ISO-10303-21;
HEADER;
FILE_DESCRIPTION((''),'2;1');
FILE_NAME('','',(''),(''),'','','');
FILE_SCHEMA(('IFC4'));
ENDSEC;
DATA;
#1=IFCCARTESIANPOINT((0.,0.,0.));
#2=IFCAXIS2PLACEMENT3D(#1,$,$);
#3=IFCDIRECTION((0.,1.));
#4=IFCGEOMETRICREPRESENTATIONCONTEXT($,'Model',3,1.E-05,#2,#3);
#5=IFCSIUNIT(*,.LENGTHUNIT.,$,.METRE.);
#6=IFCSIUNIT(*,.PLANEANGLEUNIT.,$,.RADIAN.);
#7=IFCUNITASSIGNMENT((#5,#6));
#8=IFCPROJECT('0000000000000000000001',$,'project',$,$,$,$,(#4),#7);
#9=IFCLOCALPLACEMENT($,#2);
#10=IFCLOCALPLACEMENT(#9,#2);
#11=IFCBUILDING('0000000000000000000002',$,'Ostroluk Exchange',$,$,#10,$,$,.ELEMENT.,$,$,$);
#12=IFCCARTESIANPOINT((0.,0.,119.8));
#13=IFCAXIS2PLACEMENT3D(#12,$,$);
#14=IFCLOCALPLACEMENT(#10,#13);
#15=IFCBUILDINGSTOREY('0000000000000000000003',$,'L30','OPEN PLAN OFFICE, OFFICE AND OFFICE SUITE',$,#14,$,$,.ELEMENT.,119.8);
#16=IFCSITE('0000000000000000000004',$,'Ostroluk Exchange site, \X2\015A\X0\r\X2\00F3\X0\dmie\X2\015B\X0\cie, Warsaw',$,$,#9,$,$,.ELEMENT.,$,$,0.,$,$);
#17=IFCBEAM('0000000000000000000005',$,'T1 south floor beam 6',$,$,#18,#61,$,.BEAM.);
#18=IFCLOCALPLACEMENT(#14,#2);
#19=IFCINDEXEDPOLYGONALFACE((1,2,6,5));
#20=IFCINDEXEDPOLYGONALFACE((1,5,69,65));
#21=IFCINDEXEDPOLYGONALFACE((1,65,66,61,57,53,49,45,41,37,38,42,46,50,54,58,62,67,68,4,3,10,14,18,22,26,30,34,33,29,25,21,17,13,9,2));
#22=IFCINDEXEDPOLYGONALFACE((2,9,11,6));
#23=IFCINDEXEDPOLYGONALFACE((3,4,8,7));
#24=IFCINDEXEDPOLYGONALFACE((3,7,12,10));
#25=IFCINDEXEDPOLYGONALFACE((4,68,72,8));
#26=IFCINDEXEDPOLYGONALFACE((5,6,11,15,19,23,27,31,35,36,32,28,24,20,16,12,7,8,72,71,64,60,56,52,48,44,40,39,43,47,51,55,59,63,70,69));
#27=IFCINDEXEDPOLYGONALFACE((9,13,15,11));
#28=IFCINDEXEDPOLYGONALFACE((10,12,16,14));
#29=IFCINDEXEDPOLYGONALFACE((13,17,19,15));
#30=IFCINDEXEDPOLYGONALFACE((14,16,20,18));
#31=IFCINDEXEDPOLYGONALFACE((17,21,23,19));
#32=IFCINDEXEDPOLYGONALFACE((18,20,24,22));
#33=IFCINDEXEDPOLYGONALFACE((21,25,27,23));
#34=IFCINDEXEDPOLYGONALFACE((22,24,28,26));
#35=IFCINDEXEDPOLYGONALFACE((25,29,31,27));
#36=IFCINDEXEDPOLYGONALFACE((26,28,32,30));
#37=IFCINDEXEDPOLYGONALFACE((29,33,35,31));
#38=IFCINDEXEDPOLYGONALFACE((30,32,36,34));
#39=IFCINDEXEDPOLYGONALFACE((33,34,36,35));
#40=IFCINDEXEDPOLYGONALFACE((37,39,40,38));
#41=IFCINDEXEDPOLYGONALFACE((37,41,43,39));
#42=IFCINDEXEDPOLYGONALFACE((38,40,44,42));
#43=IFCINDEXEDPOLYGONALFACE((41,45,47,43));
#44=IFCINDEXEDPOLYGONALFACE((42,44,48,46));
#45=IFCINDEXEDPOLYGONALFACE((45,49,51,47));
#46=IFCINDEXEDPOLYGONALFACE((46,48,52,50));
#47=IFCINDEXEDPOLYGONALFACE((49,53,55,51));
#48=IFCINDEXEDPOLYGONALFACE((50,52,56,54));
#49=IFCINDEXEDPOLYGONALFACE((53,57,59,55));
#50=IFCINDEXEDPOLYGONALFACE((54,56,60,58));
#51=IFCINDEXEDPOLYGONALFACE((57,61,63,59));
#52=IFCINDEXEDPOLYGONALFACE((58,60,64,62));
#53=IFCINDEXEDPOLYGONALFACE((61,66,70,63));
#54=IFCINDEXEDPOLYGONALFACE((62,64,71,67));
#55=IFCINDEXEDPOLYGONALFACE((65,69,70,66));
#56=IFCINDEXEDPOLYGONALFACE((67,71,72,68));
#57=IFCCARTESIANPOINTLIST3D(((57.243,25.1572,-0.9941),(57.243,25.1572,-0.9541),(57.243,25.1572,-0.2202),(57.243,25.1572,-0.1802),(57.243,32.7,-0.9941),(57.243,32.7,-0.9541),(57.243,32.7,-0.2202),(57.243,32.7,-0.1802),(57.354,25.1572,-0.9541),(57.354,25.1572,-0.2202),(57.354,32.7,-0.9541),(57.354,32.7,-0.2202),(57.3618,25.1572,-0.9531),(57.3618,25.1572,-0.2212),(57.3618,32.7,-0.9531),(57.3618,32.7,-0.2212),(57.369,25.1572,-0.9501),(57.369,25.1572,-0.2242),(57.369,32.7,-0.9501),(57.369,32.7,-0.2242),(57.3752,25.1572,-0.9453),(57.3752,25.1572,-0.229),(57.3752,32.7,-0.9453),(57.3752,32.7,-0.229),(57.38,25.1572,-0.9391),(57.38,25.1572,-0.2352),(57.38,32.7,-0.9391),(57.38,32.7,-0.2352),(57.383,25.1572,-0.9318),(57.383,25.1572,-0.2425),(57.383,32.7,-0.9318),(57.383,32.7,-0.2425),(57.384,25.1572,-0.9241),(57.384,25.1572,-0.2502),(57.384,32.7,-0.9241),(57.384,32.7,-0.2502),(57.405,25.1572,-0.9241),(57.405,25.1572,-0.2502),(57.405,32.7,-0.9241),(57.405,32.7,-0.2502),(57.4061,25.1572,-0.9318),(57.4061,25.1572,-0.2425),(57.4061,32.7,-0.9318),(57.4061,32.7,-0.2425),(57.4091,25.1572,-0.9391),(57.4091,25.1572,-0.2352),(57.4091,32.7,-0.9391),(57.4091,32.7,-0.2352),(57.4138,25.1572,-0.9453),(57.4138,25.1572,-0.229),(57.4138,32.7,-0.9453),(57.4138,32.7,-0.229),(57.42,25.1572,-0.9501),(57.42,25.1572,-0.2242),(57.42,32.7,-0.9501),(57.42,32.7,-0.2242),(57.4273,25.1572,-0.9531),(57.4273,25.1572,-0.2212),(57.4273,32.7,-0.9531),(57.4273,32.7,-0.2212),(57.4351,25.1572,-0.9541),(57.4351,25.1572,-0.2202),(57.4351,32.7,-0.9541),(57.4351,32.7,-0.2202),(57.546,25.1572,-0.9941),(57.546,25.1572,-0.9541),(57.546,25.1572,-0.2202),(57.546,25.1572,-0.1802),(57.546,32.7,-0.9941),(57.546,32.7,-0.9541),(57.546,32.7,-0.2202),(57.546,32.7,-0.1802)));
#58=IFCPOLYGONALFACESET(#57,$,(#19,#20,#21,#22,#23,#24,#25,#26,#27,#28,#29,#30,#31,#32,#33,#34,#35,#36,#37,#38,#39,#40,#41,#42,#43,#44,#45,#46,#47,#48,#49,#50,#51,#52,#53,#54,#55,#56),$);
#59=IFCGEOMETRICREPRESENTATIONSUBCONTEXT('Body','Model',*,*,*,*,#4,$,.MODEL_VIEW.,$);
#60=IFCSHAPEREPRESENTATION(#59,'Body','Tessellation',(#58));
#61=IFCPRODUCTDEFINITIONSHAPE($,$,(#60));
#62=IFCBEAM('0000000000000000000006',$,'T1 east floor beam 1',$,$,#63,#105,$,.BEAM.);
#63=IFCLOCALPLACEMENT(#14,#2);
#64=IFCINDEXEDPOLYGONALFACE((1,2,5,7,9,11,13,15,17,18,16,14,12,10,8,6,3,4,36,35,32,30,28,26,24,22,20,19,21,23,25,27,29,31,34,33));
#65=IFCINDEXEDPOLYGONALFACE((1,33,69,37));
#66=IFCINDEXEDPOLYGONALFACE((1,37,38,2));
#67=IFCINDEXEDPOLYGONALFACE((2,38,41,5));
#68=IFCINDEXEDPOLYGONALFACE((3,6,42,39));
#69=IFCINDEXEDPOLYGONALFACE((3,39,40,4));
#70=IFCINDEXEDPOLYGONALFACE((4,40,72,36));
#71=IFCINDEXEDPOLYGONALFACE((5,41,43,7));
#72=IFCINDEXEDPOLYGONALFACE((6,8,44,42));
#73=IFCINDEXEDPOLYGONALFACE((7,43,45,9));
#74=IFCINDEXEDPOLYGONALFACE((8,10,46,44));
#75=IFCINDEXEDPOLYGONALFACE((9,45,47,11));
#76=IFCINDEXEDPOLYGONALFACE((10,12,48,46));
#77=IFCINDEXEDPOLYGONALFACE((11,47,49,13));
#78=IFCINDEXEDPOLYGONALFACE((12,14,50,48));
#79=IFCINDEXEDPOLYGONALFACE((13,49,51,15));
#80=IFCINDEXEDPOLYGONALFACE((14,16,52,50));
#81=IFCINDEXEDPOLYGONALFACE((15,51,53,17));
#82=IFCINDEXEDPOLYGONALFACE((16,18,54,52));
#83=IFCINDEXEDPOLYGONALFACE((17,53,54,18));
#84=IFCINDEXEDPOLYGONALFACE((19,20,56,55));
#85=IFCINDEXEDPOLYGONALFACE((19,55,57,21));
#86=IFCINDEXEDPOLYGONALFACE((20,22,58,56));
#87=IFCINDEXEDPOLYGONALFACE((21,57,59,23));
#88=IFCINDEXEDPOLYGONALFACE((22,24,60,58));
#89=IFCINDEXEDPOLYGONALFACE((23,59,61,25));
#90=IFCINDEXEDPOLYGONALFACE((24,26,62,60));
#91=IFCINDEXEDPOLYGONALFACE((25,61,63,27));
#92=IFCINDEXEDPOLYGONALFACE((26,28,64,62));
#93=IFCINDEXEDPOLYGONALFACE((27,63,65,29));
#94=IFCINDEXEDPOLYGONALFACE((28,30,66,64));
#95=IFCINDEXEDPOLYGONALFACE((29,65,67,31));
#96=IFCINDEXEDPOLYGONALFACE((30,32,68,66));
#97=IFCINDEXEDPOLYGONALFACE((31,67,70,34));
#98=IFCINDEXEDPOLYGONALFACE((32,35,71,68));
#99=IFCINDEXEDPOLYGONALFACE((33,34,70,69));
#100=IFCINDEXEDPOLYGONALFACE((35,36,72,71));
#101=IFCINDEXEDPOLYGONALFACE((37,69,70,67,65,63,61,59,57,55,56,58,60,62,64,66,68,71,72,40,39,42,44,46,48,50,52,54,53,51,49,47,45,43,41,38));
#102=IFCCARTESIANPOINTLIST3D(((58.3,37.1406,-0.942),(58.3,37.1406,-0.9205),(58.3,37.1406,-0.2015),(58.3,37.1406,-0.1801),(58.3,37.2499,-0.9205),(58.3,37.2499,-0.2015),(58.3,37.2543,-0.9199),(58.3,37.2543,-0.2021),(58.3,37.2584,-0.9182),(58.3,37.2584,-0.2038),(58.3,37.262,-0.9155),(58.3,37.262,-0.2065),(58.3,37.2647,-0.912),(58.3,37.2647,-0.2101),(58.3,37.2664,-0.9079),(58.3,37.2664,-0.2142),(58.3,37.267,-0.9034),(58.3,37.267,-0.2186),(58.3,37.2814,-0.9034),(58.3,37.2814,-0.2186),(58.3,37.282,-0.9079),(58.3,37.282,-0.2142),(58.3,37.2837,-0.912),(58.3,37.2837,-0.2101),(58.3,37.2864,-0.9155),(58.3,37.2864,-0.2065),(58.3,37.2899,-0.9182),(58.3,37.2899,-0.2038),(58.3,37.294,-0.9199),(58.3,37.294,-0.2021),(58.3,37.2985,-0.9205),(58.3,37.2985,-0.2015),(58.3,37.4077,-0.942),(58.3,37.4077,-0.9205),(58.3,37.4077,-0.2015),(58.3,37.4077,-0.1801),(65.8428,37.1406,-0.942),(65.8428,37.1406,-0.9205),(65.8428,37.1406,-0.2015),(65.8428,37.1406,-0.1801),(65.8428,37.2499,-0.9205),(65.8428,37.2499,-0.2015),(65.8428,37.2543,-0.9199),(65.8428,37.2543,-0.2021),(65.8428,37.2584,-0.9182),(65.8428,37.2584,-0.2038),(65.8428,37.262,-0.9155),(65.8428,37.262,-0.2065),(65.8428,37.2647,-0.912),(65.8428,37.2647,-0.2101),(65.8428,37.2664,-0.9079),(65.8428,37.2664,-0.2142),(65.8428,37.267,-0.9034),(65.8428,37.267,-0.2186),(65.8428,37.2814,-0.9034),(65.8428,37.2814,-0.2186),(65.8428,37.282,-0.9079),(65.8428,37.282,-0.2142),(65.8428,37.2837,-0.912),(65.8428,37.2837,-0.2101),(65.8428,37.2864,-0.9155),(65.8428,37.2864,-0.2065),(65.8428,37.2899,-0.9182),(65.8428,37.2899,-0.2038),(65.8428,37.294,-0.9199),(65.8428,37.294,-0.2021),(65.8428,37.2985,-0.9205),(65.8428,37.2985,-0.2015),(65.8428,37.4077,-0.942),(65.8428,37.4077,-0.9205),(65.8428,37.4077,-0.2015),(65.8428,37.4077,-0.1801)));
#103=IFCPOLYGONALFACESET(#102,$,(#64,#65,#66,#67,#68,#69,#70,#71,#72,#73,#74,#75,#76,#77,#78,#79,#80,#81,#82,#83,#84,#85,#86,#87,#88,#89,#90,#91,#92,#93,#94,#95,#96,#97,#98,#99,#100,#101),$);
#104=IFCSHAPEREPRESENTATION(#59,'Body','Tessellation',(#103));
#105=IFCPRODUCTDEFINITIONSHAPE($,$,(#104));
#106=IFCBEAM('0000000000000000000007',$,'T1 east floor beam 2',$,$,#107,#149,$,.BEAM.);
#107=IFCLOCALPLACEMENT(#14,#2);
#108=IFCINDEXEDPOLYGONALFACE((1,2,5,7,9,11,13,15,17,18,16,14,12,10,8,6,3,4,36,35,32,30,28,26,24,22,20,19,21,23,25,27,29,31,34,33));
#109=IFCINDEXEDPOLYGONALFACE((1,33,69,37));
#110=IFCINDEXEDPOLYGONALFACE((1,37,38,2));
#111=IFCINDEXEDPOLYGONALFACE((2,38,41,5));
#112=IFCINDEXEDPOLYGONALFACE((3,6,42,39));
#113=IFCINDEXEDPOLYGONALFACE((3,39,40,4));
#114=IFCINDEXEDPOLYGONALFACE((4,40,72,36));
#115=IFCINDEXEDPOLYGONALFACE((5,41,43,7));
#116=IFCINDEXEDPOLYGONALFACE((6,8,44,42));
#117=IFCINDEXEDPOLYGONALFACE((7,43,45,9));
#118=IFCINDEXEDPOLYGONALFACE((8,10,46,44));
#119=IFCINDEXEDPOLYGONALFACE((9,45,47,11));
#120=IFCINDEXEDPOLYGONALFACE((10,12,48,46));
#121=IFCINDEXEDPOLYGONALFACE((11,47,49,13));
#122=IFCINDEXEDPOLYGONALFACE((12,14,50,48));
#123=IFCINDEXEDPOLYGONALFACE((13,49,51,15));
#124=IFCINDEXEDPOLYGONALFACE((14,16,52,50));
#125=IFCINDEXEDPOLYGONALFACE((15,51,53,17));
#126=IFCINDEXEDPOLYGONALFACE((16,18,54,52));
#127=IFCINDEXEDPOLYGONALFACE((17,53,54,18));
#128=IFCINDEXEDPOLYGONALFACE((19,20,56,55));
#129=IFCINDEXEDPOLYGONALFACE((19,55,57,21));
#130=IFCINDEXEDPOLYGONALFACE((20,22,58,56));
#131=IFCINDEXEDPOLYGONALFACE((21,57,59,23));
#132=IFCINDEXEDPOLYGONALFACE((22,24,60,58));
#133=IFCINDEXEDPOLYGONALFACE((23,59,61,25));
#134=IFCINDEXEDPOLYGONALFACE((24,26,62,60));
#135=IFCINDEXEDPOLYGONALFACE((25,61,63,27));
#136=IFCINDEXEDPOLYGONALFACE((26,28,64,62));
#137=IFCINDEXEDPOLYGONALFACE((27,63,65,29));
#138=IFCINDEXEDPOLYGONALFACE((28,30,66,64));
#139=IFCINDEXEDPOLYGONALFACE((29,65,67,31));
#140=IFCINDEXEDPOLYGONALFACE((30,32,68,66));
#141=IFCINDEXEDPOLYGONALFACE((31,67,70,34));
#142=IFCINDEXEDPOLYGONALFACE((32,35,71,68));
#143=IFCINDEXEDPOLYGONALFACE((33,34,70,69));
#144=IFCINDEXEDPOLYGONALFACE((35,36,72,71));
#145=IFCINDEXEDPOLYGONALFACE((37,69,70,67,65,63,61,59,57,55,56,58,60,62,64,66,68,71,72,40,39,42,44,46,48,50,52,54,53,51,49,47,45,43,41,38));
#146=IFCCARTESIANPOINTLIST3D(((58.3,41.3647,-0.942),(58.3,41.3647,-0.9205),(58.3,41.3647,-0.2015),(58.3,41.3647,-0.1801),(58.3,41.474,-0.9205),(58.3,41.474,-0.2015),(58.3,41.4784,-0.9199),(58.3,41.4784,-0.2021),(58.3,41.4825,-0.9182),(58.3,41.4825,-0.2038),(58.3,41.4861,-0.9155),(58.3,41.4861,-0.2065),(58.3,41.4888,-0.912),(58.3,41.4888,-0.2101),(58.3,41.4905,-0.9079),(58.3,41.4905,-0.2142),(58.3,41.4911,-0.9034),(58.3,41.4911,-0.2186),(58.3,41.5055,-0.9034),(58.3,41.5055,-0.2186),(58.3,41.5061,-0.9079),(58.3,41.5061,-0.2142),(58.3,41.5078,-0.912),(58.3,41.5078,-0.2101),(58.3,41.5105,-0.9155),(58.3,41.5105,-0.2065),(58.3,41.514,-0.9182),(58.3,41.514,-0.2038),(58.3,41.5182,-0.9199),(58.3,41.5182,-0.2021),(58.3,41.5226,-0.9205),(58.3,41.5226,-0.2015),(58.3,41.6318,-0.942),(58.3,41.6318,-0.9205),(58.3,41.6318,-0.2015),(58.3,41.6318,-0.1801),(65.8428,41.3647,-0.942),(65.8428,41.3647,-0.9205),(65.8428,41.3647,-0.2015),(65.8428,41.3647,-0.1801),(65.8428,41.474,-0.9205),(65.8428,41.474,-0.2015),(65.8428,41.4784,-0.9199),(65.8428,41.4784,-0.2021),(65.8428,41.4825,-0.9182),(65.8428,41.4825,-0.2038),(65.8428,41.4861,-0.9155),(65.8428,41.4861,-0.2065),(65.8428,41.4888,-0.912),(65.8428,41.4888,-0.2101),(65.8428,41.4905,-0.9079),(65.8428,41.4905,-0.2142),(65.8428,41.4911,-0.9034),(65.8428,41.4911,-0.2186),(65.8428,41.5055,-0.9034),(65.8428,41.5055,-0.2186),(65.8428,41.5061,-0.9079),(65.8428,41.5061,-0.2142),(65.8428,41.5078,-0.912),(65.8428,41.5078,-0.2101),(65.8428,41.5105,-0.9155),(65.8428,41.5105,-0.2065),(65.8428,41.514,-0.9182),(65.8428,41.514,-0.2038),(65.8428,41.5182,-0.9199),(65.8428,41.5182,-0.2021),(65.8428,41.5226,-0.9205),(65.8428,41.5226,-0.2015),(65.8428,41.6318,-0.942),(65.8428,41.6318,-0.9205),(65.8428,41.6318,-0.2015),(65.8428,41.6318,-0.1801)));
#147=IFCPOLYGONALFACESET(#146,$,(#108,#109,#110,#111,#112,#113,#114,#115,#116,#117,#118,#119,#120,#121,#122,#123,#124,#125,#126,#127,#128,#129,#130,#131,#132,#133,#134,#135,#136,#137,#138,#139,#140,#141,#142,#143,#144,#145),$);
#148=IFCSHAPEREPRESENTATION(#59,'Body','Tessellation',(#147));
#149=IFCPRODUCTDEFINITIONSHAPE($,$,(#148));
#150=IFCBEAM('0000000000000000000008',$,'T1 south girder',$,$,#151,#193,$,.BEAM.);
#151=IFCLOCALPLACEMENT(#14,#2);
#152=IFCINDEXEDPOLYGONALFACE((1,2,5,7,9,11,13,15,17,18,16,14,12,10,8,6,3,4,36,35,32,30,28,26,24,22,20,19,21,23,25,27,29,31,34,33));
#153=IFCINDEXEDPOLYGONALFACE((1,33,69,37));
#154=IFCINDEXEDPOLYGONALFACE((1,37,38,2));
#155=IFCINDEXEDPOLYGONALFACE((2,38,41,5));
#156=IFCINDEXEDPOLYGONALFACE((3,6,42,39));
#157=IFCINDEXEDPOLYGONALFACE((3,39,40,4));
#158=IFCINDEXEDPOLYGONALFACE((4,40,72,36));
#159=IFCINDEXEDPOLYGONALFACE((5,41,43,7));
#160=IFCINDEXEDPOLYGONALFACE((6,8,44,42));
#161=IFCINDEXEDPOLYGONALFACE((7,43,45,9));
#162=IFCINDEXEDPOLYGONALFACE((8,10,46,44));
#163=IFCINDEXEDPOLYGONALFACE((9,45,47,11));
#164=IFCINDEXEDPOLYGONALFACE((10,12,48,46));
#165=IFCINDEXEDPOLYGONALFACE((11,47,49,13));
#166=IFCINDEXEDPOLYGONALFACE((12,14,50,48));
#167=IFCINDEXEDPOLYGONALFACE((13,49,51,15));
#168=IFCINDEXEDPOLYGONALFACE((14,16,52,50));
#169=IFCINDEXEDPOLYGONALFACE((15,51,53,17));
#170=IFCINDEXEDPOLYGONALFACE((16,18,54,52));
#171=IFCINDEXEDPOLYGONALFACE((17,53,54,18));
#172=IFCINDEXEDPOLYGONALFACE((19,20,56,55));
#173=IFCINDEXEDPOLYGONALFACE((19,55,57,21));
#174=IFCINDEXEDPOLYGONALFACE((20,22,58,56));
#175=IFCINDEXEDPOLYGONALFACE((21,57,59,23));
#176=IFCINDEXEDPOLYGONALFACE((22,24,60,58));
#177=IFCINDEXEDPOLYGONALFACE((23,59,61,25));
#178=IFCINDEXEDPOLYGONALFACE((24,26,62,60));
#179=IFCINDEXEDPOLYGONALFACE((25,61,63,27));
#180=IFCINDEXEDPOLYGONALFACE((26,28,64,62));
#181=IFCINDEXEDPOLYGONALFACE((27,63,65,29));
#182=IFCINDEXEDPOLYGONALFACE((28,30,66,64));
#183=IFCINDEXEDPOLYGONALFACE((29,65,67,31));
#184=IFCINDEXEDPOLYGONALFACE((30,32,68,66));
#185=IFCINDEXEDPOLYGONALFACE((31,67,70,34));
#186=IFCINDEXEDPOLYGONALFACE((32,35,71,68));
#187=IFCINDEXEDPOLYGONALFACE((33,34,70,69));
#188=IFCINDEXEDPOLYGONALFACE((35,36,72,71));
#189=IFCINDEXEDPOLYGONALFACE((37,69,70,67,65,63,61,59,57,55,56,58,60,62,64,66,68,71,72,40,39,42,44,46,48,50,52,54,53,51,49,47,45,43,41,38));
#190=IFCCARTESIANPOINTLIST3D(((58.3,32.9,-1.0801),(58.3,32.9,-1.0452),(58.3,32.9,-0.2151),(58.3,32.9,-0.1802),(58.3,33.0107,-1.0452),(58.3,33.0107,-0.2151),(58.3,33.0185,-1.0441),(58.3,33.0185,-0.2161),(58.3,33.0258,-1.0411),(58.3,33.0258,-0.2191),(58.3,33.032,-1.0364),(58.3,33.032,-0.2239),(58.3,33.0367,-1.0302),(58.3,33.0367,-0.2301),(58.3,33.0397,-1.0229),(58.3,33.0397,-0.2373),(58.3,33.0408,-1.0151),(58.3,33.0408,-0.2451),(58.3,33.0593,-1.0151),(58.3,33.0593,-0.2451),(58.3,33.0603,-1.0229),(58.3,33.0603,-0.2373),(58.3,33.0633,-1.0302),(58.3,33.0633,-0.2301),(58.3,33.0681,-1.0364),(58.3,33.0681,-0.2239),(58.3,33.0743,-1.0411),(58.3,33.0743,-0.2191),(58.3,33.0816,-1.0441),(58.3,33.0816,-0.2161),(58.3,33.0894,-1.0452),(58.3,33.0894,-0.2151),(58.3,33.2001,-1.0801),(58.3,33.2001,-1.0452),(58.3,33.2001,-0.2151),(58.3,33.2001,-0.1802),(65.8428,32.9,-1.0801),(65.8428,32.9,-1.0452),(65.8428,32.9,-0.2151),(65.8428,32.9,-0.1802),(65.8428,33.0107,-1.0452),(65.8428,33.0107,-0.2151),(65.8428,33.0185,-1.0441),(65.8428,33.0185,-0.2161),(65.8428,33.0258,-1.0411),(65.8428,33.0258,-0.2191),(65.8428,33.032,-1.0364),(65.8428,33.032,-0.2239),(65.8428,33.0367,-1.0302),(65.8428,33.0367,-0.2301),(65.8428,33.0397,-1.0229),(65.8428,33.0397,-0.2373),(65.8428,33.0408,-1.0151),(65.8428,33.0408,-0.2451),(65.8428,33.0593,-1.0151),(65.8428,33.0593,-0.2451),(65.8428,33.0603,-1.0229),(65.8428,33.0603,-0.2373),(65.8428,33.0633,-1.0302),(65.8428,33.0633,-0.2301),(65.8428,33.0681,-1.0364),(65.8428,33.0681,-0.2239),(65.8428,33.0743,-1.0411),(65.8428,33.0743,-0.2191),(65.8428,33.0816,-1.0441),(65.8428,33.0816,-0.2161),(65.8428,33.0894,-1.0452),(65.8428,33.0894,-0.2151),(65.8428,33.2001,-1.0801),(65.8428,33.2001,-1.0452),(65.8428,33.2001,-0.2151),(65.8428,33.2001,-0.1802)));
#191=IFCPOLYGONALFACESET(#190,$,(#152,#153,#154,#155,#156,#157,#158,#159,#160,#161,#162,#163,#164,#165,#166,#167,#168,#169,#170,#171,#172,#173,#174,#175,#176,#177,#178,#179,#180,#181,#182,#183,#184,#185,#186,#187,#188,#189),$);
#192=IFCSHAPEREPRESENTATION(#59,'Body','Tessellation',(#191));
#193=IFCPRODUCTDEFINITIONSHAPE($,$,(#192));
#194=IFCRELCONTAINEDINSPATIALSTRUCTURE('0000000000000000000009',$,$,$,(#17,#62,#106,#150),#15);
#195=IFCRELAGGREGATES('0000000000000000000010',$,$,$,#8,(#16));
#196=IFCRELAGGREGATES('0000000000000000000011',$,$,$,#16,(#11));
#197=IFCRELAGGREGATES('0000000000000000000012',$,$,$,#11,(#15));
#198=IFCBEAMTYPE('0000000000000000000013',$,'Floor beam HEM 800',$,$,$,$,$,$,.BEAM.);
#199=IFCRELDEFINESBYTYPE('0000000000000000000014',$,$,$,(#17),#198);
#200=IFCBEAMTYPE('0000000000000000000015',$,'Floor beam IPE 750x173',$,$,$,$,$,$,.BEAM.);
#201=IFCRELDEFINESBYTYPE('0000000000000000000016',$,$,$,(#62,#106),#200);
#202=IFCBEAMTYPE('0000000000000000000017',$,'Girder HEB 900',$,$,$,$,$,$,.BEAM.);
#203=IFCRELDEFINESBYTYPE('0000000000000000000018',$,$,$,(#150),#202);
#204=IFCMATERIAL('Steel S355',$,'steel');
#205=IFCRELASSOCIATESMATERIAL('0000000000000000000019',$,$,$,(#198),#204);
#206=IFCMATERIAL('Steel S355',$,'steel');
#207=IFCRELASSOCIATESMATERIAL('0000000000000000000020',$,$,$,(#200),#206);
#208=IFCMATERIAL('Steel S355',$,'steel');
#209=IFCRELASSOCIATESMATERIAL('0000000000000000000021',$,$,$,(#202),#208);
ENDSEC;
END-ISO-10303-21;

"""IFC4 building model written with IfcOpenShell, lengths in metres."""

from ifc_helpers import new_model, si_unit, direction, frame, origin, origin_2d, place, context, subcontext, project, spatial, i_section, extrude, material, material_profile, profile_set, type_object, element, save


model = new_model("IFC4")

# Units and contexts
model_context = context("Model", 3, precision=1e-05, world=origin(), true_north=direction((0.0, 1.0)))
body_context = subcontext(model_context, "Body", "Model", "MODEL_VIEW")
ifc_project = project(units=[si_unit("LENGTHUNIT", "METRE"), si_unit("PLANEANGLEUNIT", "RADIAN")], contexts=[model_context])

# Site, building, storey
site_placement = place(None, origin())
site = spatial("IfcSite", under=ifc_project, at=site_placement, Name="Ostroluk Exchange site, Śródmieście, Warsaw", CompositionType="ELEMENT", RefElevation=0.0)
building_placement = place(site_placement, origin())
building = spatial("IfcBuilding", under=site, at=building_placement, Name="Ostroluk Exchange", CompositionType="ELEMENT")
storey_placement = place(building_placement, frame((0.0, 0.0, 119.8)))
storey = spatial("IfcBuildingStorey", under=building, at=storey_placement, Name="L30", Description="OPEN PLAN OFFICE, OFFICE AND OFFICE SUITE", CompositionType="ELEMENT", Elevation=119.8)

# Beams
ifc_material_1 = material(Name="Steel S355", Category="steel")
ifc_material_profile_1 = material_profile(ifc_material_1, i_section(OverallWidth=0.303, OverallDepth=0.814, WebThickness=0.021, FlangeThickness=0.04, FilletRadius=0.03, at=origin_2d()), Name="HEM 800")
ifc_profile_set_1 = profile_set([ifc_material_profile_1], Name="Steel S355")
beam_type_1 = type_object("IfcBeamType", Name="Floor beam HEM 800", PredefinedType="BEAM", material=ifc_profile_set_1)
for number, where, z_axis, x_axis, name in (
    (1, (57.3945, 32.7, -0.5872), (0.0, -1.0, 0.0), (1.0, 0.0, 0.0), "T1 south floor beam 6"),
):
    element("IfcBeam", number, at=place(storey_placement, frame(where, z_axis=z_axis, x_axis=x_axis)), inside=storey, type_object=beam_type_1, Name=name, PredefinedType="BEAM", context=body_context, shape_type="SweptSolid", body=[
        extrude(i_section(OverallWidth=0.303, OverallDepth=0.814, WebThickness=0.021, FlangeThickness=0.04, FilletRadius=0.03, at=origin_2d()), origin(), (0.0, 0.0, 1.0), 7.5427),
    ])
ifc_material_2 = material(Name="Steel S355", Category="steel")
ifc_material_profile_2 = material_profile(ifc_material_2, i_section(OverallWidth=0.2671, OverallDepth=0.762, WebThickness=0.0144, FlangeThickness=0.0215, FilletRadius=0.0171, at=origin_2d()), Name="IPE 750x173")
ifc_profile_set_2 = profile_set([ifc_material_profile_2], Name="Steel S355")
beam_type_2 = type_object("IfcBeamType", Name="Floor beam IPE 750x173", PredefinedType="BEAM", material=ifc_profile_set_2)
for number, where, z_axis, x_axis, name in (
    (2, (58.3, 37.2742, -0.561), (1.0, 0.0, 0.0), (0.0, 1.0, 0.0), "T1 east floor beam 1"),
    (3, (58.3, 41.4983, -0.561), (1.0, 0.0, 0.0), (0.0, 1.0, 0.0), "T1 east floor beam 2"),
):
    element("IfcBeam", number, at=place(storey_placement, frame(where, z_axis=z_axis, x_axis=x_axis)), inside=storey, type_object=beam_type_2, Name=name, PredefinedType="BEAM", context=body_context, shape_type="SweptSolid", body=[
        extrude(i_section(OverallWidth=0.2671, OverallDepth=0.762, WebThickness=0.0144, FlangeThickness=0.0215, FilletRadius=0.0171, at=origin_2d()), origin(), (0.0, 0.0, 1.0), 7.5427),
    ])
ifc_material_3 = material(Name="Steel S355", Category="steel")
ifc_material_profile_3 = material_profile(ifc_material_3, i_section(OverallWidth=0.3, OverallDepth=0.8999, WebThickness=0.0186, FlangeThickness=0.0349, FilletRadius=0.03, at=origin_2d()), Name="HEB 900")
ifc_profile_set_3 = profile_set([ifc_material_profile_3], Name="Steel S355")
beam_type_3 = type_object("IfcBeamType", Name="Girder HEB 900", PredefinedType="BEAM", material=ifc_profile_set_3)
beam_1_placement = place(storey_placement, frame((58.3, 33.05, -0.6301), z_axis=(1.0, 0.0, 0.0), x_axis=(0.0, 1.0, 0.0)))
element("IfcBeam", 4, at=beam_1_placement, inside=storey, type_object=beam_type_3, Name="T1 south girder", PredefinedType="BEAM", context=body_context, shape_type="SweptSolid", body=[
    extrude(i_section(OverallWidth=0.3, OverallDepth=0.8999, WebThickness=0.0186, FlangeThickness=0.0349, FilletRadius=0.03, at=origin_2d()), origin(), (0.0, 0.0, 1.0), 7.5427),
])

save(model, "model.ifc")
